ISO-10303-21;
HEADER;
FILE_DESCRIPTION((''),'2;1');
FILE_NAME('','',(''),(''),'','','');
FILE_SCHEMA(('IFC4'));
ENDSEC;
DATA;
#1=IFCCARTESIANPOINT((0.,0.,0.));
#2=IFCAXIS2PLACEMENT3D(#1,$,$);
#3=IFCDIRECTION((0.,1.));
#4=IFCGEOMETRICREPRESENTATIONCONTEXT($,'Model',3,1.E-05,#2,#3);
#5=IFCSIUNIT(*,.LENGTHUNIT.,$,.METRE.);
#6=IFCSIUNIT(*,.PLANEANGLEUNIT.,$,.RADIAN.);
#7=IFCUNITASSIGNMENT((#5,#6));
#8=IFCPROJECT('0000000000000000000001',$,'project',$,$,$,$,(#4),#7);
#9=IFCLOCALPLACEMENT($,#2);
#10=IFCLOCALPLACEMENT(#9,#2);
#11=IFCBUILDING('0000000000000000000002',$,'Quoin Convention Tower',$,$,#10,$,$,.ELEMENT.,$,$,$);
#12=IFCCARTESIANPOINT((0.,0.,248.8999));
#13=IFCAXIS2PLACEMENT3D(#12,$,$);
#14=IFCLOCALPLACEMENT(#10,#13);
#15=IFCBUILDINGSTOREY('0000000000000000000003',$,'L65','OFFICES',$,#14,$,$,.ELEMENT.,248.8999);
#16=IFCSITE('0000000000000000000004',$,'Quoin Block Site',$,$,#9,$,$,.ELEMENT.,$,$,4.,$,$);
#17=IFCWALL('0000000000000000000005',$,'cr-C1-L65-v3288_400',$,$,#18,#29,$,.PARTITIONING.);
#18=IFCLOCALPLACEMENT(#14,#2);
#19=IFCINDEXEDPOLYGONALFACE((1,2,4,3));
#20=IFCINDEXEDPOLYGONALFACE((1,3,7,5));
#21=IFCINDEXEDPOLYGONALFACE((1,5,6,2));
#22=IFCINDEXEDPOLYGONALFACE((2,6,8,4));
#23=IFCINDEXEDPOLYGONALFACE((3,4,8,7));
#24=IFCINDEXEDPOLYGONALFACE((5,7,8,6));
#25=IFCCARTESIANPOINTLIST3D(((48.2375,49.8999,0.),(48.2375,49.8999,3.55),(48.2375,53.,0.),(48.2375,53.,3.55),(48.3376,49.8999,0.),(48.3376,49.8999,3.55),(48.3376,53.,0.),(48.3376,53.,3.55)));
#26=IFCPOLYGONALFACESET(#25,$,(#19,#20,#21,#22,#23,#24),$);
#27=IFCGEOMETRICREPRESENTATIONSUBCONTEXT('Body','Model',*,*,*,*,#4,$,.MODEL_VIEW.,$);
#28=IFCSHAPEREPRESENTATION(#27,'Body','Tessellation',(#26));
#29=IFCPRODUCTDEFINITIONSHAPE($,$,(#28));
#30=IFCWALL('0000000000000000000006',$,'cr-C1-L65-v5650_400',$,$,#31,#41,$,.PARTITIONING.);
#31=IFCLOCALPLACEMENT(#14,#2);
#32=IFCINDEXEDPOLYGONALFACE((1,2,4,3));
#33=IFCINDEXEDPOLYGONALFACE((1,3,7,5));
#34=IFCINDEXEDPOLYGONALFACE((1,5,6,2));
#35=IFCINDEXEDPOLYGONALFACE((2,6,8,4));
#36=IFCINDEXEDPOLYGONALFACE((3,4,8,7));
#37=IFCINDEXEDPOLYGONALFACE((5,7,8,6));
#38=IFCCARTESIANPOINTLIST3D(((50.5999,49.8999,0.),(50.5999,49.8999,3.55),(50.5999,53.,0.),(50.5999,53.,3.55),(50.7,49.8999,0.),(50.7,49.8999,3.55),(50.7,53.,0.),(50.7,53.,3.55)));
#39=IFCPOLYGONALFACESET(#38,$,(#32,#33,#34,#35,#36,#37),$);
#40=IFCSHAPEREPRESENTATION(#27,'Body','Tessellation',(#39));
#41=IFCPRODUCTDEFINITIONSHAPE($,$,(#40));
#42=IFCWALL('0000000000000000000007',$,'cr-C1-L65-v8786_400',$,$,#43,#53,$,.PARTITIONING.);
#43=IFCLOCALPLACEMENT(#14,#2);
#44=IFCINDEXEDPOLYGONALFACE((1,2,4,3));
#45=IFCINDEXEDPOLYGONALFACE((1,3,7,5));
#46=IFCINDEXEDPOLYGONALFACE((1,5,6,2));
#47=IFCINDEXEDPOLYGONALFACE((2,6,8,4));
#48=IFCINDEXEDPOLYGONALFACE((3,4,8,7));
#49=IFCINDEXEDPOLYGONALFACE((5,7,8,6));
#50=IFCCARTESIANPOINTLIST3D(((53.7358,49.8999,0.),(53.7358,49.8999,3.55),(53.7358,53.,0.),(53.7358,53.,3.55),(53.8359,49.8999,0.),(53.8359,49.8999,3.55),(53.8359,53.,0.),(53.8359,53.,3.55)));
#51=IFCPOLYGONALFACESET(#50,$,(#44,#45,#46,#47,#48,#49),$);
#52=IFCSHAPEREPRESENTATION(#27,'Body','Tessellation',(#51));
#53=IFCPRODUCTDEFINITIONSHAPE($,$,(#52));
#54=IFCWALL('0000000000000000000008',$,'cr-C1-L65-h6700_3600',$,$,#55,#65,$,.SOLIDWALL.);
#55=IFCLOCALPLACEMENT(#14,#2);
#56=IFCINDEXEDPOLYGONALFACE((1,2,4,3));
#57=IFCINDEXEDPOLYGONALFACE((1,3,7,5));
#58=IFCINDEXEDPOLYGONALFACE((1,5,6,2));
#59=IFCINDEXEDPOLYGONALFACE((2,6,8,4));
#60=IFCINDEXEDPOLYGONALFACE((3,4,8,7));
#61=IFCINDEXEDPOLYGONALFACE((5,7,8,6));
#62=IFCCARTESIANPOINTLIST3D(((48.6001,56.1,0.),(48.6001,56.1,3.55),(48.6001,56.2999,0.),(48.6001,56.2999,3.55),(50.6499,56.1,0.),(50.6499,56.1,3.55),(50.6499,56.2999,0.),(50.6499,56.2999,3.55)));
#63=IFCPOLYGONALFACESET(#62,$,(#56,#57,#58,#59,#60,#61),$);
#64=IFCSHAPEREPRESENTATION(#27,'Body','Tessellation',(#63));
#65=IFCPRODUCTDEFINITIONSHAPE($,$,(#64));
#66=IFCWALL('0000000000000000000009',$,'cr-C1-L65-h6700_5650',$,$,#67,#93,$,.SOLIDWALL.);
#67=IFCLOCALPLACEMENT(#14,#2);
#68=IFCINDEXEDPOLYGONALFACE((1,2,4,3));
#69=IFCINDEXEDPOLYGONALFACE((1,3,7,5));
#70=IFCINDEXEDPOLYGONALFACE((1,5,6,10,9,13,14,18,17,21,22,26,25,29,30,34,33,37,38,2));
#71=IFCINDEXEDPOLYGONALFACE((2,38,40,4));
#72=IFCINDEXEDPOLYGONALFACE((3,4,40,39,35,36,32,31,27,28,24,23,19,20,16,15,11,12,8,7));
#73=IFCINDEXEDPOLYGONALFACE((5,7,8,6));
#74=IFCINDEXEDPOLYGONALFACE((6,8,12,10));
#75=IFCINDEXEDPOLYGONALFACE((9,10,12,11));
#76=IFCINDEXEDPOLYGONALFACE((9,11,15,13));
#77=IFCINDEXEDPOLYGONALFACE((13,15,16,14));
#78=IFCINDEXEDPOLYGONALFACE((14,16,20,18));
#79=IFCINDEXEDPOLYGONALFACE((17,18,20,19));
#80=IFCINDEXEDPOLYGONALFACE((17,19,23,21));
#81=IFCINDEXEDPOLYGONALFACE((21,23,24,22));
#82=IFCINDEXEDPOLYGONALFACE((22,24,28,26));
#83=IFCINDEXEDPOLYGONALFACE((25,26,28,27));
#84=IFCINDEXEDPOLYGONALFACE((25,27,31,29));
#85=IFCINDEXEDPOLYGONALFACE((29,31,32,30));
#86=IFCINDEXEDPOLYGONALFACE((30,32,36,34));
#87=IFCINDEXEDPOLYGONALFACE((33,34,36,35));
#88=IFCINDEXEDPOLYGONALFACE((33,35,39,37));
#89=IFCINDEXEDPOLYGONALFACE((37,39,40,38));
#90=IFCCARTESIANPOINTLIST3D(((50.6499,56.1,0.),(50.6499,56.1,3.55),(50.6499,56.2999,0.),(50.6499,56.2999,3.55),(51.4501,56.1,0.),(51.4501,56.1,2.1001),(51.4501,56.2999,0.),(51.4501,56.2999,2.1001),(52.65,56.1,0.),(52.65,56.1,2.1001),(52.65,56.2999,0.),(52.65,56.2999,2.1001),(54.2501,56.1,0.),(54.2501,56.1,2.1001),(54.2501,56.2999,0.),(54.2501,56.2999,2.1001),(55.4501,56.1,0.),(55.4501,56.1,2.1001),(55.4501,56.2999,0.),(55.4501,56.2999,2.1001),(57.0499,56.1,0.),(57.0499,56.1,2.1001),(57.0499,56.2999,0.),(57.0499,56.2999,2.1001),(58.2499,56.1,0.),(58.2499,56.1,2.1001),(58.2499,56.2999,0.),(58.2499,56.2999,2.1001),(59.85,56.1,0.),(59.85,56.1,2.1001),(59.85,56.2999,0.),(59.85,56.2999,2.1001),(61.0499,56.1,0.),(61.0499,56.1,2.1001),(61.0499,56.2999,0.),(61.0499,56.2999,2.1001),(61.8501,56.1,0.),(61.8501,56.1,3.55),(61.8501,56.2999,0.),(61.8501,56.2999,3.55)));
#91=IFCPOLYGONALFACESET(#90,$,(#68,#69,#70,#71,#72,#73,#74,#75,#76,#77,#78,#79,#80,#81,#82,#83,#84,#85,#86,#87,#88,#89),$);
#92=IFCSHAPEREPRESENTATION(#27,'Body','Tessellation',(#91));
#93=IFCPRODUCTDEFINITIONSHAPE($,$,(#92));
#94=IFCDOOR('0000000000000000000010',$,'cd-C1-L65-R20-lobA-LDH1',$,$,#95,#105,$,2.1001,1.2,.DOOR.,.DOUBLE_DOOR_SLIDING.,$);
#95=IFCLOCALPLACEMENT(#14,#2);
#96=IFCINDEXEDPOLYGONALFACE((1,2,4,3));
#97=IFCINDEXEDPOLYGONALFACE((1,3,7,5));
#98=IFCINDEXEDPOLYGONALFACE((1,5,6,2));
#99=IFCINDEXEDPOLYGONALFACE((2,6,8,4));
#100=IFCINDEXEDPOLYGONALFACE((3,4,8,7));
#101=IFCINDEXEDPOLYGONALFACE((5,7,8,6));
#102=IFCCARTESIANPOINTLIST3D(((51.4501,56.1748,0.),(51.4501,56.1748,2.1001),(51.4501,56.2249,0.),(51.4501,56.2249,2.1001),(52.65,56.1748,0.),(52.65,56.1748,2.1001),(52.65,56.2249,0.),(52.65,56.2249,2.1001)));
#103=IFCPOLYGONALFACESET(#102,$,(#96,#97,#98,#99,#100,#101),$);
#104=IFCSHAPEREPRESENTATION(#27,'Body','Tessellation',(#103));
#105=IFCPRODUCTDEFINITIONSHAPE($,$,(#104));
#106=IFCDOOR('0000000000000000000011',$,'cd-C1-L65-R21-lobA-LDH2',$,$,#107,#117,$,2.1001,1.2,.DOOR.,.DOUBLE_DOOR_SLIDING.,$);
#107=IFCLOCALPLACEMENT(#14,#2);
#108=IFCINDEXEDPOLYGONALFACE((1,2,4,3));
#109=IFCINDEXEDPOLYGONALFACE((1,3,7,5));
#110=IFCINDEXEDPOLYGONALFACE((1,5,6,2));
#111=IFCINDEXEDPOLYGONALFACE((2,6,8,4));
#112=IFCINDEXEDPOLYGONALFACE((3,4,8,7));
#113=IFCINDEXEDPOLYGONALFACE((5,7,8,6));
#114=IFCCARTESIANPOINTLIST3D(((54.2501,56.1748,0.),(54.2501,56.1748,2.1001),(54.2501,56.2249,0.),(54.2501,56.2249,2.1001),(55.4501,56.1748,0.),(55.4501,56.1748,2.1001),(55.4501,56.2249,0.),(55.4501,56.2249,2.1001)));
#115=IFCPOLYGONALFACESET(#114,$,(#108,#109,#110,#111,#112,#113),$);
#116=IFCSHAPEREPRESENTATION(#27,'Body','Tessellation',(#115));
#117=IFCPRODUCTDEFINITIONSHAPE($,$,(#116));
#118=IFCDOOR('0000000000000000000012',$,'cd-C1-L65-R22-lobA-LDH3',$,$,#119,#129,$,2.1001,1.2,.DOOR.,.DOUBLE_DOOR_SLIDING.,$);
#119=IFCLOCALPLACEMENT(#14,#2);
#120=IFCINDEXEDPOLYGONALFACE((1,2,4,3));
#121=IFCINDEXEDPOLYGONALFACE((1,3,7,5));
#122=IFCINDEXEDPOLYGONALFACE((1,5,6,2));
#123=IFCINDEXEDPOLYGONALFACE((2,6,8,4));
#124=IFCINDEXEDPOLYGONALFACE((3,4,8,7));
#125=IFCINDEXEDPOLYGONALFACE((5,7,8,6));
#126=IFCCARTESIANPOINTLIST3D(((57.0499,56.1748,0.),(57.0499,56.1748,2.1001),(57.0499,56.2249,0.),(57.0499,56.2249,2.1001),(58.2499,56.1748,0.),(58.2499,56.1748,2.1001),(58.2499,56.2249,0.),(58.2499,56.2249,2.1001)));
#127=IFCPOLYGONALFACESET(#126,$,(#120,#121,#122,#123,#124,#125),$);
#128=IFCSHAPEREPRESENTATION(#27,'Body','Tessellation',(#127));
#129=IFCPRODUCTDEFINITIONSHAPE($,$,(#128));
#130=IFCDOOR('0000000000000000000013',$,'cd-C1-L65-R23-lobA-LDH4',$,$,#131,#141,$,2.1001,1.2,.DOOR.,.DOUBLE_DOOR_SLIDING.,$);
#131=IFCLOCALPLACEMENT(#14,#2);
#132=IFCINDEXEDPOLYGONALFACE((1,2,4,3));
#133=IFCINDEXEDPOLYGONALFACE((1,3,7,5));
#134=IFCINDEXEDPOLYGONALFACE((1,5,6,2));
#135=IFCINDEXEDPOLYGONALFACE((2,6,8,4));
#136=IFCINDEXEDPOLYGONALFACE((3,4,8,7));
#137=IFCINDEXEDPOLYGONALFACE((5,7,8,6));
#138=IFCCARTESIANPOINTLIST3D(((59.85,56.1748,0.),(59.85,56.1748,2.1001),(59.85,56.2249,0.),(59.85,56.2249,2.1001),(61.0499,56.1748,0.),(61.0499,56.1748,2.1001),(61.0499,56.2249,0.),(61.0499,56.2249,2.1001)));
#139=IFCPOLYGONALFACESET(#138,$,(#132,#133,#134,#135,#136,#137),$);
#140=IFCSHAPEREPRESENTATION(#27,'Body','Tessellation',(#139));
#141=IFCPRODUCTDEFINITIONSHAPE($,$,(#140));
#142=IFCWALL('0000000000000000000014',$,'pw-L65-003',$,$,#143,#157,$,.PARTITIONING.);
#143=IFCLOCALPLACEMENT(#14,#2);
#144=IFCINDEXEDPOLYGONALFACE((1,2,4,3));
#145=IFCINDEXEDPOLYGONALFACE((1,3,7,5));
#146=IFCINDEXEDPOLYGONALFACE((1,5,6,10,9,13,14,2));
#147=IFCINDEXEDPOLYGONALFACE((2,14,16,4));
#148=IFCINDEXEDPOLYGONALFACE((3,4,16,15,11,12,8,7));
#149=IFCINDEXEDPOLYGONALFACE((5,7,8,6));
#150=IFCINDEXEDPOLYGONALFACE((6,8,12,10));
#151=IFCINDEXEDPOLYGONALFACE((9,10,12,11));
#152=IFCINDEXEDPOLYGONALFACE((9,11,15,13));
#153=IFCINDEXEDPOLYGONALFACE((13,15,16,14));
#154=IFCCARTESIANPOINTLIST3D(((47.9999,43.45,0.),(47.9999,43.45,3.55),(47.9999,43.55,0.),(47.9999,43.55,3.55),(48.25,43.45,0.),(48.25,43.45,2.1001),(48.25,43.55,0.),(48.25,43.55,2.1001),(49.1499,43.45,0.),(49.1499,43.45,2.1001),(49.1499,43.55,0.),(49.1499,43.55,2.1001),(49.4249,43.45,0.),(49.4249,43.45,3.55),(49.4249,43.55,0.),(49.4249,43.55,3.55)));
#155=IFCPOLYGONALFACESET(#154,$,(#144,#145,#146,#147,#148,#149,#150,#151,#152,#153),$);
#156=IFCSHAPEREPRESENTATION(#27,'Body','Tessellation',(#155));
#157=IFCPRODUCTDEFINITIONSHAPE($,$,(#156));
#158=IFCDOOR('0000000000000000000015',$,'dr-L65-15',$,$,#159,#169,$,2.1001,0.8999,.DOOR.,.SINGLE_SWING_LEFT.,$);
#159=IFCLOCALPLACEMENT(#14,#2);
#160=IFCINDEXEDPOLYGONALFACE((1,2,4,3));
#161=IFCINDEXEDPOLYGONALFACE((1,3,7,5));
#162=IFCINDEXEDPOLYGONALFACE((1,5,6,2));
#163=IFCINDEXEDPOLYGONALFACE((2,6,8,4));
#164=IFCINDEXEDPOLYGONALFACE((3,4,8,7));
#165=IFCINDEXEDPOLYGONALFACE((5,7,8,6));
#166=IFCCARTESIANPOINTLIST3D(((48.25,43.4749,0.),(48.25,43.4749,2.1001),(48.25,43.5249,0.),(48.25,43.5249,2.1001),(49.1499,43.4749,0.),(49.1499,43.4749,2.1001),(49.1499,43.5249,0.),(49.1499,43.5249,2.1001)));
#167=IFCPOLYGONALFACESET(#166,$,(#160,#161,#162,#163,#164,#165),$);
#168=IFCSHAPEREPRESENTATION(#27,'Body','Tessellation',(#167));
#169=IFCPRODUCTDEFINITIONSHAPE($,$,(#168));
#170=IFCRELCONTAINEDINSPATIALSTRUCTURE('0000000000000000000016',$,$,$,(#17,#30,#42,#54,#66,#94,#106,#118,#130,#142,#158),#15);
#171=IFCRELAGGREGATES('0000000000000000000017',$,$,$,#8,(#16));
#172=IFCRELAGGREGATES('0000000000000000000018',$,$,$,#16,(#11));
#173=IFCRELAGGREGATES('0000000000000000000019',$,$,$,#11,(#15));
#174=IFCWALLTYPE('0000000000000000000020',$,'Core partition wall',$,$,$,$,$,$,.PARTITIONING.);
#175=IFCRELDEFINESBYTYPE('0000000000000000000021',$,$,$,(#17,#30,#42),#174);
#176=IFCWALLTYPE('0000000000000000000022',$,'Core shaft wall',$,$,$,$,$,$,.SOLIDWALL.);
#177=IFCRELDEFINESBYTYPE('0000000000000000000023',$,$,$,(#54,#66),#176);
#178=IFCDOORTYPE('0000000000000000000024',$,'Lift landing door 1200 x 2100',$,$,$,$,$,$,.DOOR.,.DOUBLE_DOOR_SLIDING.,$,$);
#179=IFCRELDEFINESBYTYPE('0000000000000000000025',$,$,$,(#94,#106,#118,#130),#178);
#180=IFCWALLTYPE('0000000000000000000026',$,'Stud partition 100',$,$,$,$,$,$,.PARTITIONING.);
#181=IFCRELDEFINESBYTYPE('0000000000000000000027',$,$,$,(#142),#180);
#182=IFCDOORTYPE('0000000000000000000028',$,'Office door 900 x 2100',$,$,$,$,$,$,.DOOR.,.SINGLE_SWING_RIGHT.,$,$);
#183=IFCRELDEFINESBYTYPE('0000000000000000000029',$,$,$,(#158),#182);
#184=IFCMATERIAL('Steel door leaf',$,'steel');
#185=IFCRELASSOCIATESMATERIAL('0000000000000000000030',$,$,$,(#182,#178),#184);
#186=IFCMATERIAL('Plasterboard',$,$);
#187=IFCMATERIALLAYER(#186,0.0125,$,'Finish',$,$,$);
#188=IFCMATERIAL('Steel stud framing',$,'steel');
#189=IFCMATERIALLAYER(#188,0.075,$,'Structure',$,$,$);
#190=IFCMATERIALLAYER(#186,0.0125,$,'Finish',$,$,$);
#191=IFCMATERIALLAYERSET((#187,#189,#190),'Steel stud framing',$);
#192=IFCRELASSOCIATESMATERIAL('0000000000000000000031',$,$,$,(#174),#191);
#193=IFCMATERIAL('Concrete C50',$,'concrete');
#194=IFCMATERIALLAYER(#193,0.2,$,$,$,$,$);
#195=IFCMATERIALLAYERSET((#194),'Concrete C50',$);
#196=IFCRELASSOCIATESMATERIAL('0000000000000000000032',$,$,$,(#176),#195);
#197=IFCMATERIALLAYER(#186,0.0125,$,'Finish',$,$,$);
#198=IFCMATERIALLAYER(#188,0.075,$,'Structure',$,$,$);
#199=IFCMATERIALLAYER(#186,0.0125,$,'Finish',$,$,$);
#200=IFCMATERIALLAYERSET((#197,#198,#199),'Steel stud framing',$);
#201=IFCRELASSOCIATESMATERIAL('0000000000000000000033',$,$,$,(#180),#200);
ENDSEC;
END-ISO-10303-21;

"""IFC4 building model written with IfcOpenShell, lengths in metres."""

from ifc_helpers import new_model, si_unit, direction, frame, frame_2d, origin, place, context, subcontext, project, spatial, rectangle, extrude, material, layer, layer_set, type_object, element, fill, save


model = new_model("IFC4")

# Units and contexts
model_context = context("Model", 3, precision=1e-05, world=origin(), true_north=direction((0.0, 1.0)))
body_context = subcontext(model_context, "Body", "Model", "MODEL_VIEW")
ifc_project = project(units=[si_unit("LENGTHUNIT", "METRE"), si_unit("PLANEANGLEUNIT", "RADIAN")], contexts=[model_context])

# Site, building, storey
site_placement = place(None, origin())
site = spatial("IfcSite", under=ifc_project, at=site_placement, Name="Quoin Block Site", CompositionType="ELEMENT", RefElevation=4.0)
building_placement = place(site_placement, origin())
building = spatial("IfcBuilding", under=site, at=building_placement, Name="Quoin Convention Tower", CompositionType="ELEMENT")
storey_placement = place(building_placement, frame((0.0, 0.0, 248.8999)))
storey = spatial("IfcBuildingStorey", under=building, at=storey_placement, Name="L65", Description="OFFICES", CompositionType="ELEMENT", Elevation=248.8999)

# Shared definitions
ifc_material_1 = material(Name="Concrete C50", Category="concrete")

# Shared definitions
ifc_material_2 = material(Name="Plasterboard")
ifc_material_3 = material(Name="Steel stud framing", Category="steel")
ifc_material_4 = material(Name="Steel door leaf", Category="steel")
door_type_1 = type_object("IfcDoorType", Name="Office door 900 x 2100", OperationType="SINGLE_SWING_RIGHT", PredefinedType="DOOR", material=ifc_material_4)

# Walls
ifc_layer_1 = layer(ifc_material_2, 0.0125, Name="Finish")
ifc_layer_2 = layer(ifc_material_3, 0.075, Name="Structure")
ifc_layer_3 = layer(ifc_material_2, 0.0125, Name="Finish")
ifc_layer_set_1 = layer_set([ifc_layer_1, ifc_layer_2, ifc_layer_3], Name="Steel stud framing")
wall_type_1 = type_object("IfcWallType", Name="Core partition wall", PredefinedType="PARTITIONING", material=ifc_layer_set_1)
for number, where, z_axis, x_axis, name in (
    (1, (48.2876, 49.8999, 0.0), (0.0, 0.0, 1.0), (0.0, 1.0, 0.0), "cr-C1-L65-v3288_400"),
    (2, (50.6499, 49.8999, 0.0), (0.0, 0.0, 1.0), (0.0, 1.0, 0.0), "cr-C1-L65-v5650_400"),
    (3, (53.7859, 49.8999, 0.0), (0.0, 0.0, 1.0), (0.0, 1.0, 0.0), "cr-C1-L65-v8786_400"),
):
    element("IfcWall", number, at=place(storey_placement, frame(where, z_axis=z_axis, x_axis=x_axis)), inside=storey, type_object=wall_type_1, Name=name, PredefinedType="PARTITIONING", context=body_context, shape_type="SweptSolid", body=[
        extrude(rectangle(XDim=3.1001, YDim=0.1001, at=frame_2d((1.55, 0.0))), origin(), (0.0, 0.0, 1.0), 3.55),
    ])
ifc_layer_4 = layer(ifc_material_1, 0.2)
ifc_layer_set_2 = layer_set([ifc_layer_4], Name="Concrete C50")
wall_type_2 = type_object("IfcWallType", Name="Core shaft wall", PredefinedType="SOLIDWALL", material=ifc_layer_set_2)
wall_1_placement = place(storey_placement, frame((48.6001, 56.2, 0.0), z_axis=(0.0, 0.0, 1.0), x_axis=(1.0, 0.0, 0.0)))
element("IfcWall", 4, at=wall_1_placement, inside=storey, type_object=wall_type_2, Name="cr-C1-L65-h6700_3600", PredefinedType="SOLIDWALL", context=body_context, shape_type="SweptSolid", body=[
    extrude(rectangle(XDim=2.0498, YDim=0.2, at=frame_2d((1.0249, 0.0))), origin(), (0.0, 0.0, 1.0), 3.55),
])

# Wall, openings, doors
wall_2_placement = place(storey_placement, frame((50.6499, 56.2, 0.0), z_axis=(0.0, 0.0, 1.0), x_axis=(1.0, 0.0, 0.0)))
wall_2 = element("IfcWall", 5, at=wall_2_placement, inside=storey, type_object=wall_type_2, Name="cr-C1-L65-h6700_5650", PredefinedType="SOLIDWALL", context=body_context, shape_type="SweptSolid", body=[
    extrude(rectangle(XDim=11.2002, YDim=0.2, at=frame_2d((5.6001, 0.0))), origin(), (0.0, 0.0, 1.0), 3.55),
])
opening_1_placement = place(wall_2_placement, frame((0.8, 0.0, 0.0)))
opening_1 = element("IfcOpeningElement", 6, at=opening_1_placement, cuts=wall_2, PredefinedType="OPENING", context=body_context, shape_type="SweptSolid", body=[
    extrude(rectangle(XDim=1.2, YDim=2.1001, at=frame_2d((0.6001, 1.05))), frame((0.0, 0.1099, 0.0), z_axis=(0.0, -1.0, 0.0), x_axis=(1.0, 0.0, 0.0)), (0.0, 0.0, 1.0), 0.22),
])
opening_2_placement = place(wall_2_placement, frame((3.6001, 0.0, 0.0)))
opening_2 = element("IfcOpeningElement", 7, at=opening_2_placement, cuts=wall_2, PredefinedType="OPENING", context=body_context, shape_type="SweptSolid", body=[
    extrude(rectangle(XDim=1.2, YDim=2.1001, at=frame_2d((0.6001, 1.05))), frame((0.0, 0.1099, 0.0), z_axis=(0.0, -1.0, 0.0), x_axis=(1.0, 0.0, 0.0)), (0.0, 0.0, 1.0), 0.22),
])
opening_3_placement = place(wall_2_placement, frame((6.3999, 0.0, 0.0)))
opening_3 = element("IfcOpeningElement", 8, at=opening_3_placement, cuts=wall_2, PredefinedType="OPENING", context=body_context, shape_type="SweptSolid", body=[
    extrude(rectangle(XDim=1.2, YDim=2.1001, at=frame_2d((0.6001, 1.05))), frame((0.0, 0.1099, 0.0), z_axis=(0.0, -1.0, 0.0), x_axis=(1.0, 0.0, 0.0)), (0.0, 0.0, 1.0), 0.22),
])
opening_4_placement = place(wall_2_placement, frame((9.2, 0.0, 0.0)))
opening_4 = element("IfcOpeningElement", 9, at=opening_4_placement, cuts=wall_2, PredefinedType="OPENING", context=body_context, shape_type="SweptSolid", body=[
    extrude(rectangle(XDim=1.2, YDim=2.1001, at=frame_2d((0.6001, 1.05))), frame((0.0, 0.1099, 0.0), z_axis=(0.0, -1.0, 0.0), x_axis=(1.0, 0.0, 0.0)), (0.0, 0.0, 1.0), 0.22),
])
door_type_2 = type_object("IfcDoorType", Name="Lift landing door 1200 x 2100", OperationType="DOUBLE_DOOR_SLIDING", PredefinedType="DOOR", material=ifc_material_4)
door_1_placement = place(opening_1_placement, origin())
door_1 = element("IfcDoor", 10, at=door_1_placement, inside=storey, type_object=door_type_2, Name="cd-C1-L65-R20-lobA-LDH1", OperationType="DOUBLE_DOOR_SLIDING", OverallHeight=2.1001, OverallWidth=1.2, PredefinedType="DOOR", context=body_context, shape_type="SweptSolid", body=[
    extrude(rectangle(XDim=1.2, YDim=2.1001, at=frame_2d((0.6001, 1.05))), frame((0.0, 0.0249, 0.0), z_axis=(0.0, -1.0, 0.0), x_axis=(1.0, 0.0, 0.0)), (0.0, 0.0, 1.0), 0.05),
])
fill(opening_1, door_1)
door_2_placement = place(opening_2_placement, origin())
door_2 = element("IfcDoor", 11, at=door_2_placement, inside=storey, type_object=door_type_2, Name="cd-C1-L65-R21-lobA-LDH2", OperationType="DOUBLE_DOOR_SLIDING", OverallHeight=2.1001, OverallWidth=1.2, PredefinedType="DOOR", context=body_context, shape_type="SweptSolid", body=[
    extrude(rectangle(XDim=1.2, YDim=2.1001, at=frame_2d((0.6001, 1.05))), frame((0.0, 0.0249, 0.0), z_axis=(0.0, -1.0, 0.0), x_axis=(1.0, 0.0, 0.0)), (0.0, 0.0, 1.0), 0.05),
])
fill(opening_2, door_2)
door_3_placement = place(opening_3_placement, origin())
door_3 = element("IfcDoor", 12, at=door_3_placement, inside=storey, type_object=door_type_2, Name="cd-C1-L65-R22-lobA-LDH3", OperationType="DOUBLE_DOOR_SLIDING", OverallHeight=2.1001, OverallWidth=1.2, PredefinedType="DOOR", context=body_context, shape_type="SweptSolid", body=[
    extrude(rectangle(XDim=1.2, YDim=2.1001, at=frame_2d((0.6001, 1.05))), frame((0.0, 0.0249, 0.0), z_axis=(0.0, -1.0, 0.0), x_axis=(1.0, 0.0, 0.0)), (0.0, 0.0, 1.0), 0.05),
])
fill(opening_3, door_3)
door_4_placement = place(opening_4_placement, origin())
door_4 = element("IfcDoor", 13, at=door_4_placement, inside=storey, type_object=door_type_2, Name="cd-C1-L65-R23-lobA-LDH4", OperationType="DOUBLE_DOOR_SLIDING", OverallHeight=2.1001, OverallWidth=1.2, PredefinedType="DOOR", context=body_context, shape_type="SweptSolid", body=[
    extrude(rectangle(XDim=1.2, YDim=2.1001, at=frame_2d((0.6001, 1.05))), frame((0.0, 0.0249, 0.0), z_axis=(0.0, -1.0, 0.0), x_axis=(1.0, 0.0, 0.0)), (0.0, 0.0, 1.0), 0.05),
])
fill(opening_4, door_4)

# Wall, opening, door
ifc_layer_5 = layer(ifc_material_2, 0.0125, Name="Finish")
ifc_layer_6 = layer(ifc_material_3, 0.075, Name="Structure")
ifc_layer_7 = layer(ifc_material_2, 0.0125, Name="Finish")
ifc_layer_set_3 = layer_set([ifc_layer_5, ifc_layer_6, ifc_layer_7], Name="Steel stud framing")
wall_type_3 = type_object("IfcWallType", Name="Stud partition 100", PredefinedType="PARTITIONING", material=ifc_layer_set_3)
wall_3_placement = place(storey_placement, frame((48.0, 43.5, 0.0), z_axis=(0.0, 0.0, 1.0), x_axis=(1.0, 0.0, 0.0)))
wall_3 = element("IfcWall", 14, at=wall_3_placement, inside=storey, type_object=wall_type_3, Name="pw-L65-003", PredefinedType="PARTITIONING", context=body_context, shape_type="SweptSolid", body=[
    extrude(rectangle(XDim=1.425, YDim=0.1001, at=frame_2d((0.7124, 0.0))), origin(), (0.0, 0.0, 1.0), 3.55),
])
opening_5_placement = place(wall_3_placement, frame((0.25, 0.0, 0.0)))
opening_5 = element("IfcOpeningElement", 15, at=opening_5_placement, cuts=wall_3, PredefinedType="OPENING", context=body_context, shape_type="SweptSolid", body=[
    extrude(rectangle(XDim=0.8999, YDim=2.1001, at=frame_2d((0.45, 1.05))), frame((0.0, 0.0601, 0.0), z_axis=(0.0, -1.0, 0.0), x_axis=(1.0, 0.0, 0.0)), (0.0, 0.0, 1.0), 0.1201),
])
door_5_placement = place(opening_5_placement, origin())
door_5 = element("IfcDoor", 16, at=door_5_placement, inside=storey, type_object=door_type_1, Name="dr-L65-15", OperationType="SINGLE_SWING_LEFT", OverallHeight=2.1001, OverallWidth=0.8999, PredefinedType="DOOR", context=body_context, shape_type="SweptSolid", body=[
    extrude(rectangle(XDim=0.8999, YDim=2.1001, at=frame_2d((0.45, 1.05))), frame((0.0, 0.0249, 0.0), z_axis=(0.0, -1.0, 0.0), x_axis=(1.0, 0.0, 0.0)), (0.0, 0.0, 1.0), 0.05),
])
fill(opening_5, door_5)

save(model, "model.ifc")
